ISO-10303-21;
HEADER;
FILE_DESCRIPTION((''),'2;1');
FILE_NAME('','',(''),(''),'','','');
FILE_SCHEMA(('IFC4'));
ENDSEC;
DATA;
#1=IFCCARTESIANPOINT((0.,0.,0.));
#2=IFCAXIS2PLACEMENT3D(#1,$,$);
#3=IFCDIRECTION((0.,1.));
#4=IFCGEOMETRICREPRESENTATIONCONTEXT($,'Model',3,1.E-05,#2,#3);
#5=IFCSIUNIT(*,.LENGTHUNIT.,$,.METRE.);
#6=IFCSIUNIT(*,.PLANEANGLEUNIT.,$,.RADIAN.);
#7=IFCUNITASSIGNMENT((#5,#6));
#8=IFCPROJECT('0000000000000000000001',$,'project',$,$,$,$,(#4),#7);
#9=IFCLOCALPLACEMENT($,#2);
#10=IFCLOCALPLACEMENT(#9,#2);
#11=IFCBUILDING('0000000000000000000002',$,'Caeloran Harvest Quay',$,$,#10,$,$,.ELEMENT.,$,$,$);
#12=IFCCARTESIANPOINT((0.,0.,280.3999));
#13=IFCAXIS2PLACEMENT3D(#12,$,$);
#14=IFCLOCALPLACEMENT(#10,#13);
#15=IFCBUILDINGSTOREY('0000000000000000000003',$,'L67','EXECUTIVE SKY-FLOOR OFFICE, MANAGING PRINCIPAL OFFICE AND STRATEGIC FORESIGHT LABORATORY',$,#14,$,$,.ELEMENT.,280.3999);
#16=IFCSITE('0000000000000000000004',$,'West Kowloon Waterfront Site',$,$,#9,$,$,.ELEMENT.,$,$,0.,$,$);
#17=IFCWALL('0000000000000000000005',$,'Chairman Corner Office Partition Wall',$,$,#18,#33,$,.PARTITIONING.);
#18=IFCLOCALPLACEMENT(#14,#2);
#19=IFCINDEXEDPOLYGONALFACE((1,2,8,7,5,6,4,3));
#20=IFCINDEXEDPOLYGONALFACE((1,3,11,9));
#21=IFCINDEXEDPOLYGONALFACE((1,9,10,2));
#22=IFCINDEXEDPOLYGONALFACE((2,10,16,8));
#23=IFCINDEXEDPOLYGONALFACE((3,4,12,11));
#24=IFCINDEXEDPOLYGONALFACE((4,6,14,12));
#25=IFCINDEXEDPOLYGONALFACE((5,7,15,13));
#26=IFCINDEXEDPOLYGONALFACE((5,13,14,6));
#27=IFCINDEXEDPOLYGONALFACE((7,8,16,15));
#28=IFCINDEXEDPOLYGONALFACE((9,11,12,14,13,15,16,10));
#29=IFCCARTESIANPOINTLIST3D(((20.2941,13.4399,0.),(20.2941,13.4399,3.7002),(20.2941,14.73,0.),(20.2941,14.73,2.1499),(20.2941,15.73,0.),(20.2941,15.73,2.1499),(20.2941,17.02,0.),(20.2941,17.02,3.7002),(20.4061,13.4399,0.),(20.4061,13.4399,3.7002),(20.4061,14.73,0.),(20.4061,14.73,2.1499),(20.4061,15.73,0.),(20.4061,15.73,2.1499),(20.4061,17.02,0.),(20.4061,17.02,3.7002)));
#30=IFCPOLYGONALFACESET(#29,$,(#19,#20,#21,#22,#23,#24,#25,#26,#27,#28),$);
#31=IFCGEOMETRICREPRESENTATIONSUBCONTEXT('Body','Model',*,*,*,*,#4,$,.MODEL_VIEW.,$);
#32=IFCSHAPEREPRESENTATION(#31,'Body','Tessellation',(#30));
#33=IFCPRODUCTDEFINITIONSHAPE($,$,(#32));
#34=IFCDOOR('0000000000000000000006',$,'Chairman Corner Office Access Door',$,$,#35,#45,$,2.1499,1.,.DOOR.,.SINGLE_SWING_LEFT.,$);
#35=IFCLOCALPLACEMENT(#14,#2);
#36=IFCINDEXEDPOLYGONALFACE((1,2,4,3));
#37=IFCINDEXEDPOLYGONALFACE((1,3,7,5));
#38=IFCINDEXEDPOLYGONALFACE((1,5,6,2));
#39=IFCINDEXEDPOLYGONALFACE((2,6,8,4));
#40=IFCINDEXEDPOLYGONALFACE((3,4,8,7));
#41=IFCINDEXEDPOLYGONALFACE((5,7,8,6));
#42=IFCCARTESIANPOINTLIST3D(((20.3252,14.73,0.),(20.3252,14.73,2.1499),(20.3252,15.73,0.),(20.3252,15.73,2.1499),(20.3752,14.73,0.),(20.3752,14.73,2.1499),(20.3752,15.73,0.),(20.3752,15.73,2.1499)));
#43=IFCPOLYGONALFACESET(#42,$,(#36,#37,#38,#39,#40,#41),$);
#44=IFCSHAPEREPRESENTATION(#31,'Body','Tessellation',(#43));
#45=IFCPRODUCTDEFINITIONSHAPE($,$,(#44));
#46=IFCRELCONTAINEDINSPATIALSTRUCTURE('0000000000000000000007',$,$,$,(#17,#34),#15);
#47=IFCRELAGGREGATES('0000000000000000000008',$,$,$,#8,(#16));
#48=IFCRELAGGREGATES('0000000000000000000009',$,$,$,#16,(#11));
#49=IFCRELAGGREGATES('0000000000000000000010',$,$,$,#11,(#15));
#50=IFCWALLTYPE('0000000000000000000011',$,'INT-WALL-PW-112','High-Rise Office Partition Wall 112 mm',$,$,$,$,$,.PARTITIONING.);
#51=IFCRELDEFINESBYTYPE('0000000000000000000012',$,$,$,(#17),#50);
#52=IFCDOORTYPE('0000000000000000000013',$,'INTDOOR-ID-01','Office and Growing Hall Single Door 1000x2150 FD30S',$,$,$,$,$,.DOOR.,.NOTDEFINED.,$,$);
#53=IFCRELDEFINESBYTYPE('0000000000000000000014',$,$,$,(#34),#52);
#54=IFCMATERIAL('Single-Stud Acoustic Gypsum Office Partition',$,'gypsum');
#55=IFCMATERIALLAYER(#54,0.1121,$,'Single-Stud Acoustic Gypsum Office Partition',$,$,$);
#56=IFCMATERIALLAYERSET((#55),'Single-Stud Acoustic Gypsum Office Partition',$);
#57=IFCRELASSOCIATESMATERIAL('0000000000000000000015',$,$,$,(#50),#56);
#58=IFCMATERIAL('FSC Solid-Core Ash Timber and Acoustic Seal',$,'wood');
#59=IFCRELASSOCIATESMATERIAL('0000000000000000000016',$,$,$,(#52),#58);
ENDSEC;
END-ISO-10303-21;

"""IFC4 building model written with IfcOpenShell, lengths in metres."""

from ifc_helpers import new_model, si_unit, direction, frame, frame_2d, origin, place, context, subcontext, project, spatial, rectangle, extrude, material, layer, layer_set, type_object, element, fill, save


model = new_model("IFC4")

# Units and contexts
model_context = context("Model", 3, precision=1e-05, world=origin(), true_north=direction((0.0, 1.0)))
body_context = subcontext(model_context, "Body", "Model", "MODEL_VIEW")
ifc_project = project(units=[si_unit("LENGTHUNIT", "METRE"), si_unit("PLANEANGLEUNIT", "RADIAN")], contexts=[model_context])

# Site, building, storey
site_placement = place(None, origin())
site = spatial("IfcSite", under=ifc_project, at=site_placement, Name="West Kowloon Waterfront Site", CompositionType="ELEMENT", RefElevation=0.0)
building_placement = place(site_placement, origin())
building = spatial("IfcBuilding", under=site, at=building_placement, Name="Caeloran Harvest Quay", CompositionType="ELEMENT")
storey_placement = place(building_placement, frame((0.0, 0.0, 280.3999)))
storey = spatial("IfcBuildingStorey", under=building, at=storey_placement, Name="L67", Description="EXECUTIVE SKY-FLOOR OFFICE, MANAGING PRINCIPAL OFFICE AND STRATEGIC FORESIGHT LABORATORY", CompositionType="ELEMENT", Elevation=280.3999)

# Shared definitions
ifc_material_1 = material(Name="Single-Stud Acoustic Gypsum Office Partition", Category="gypsum")
ifc_layer_1 = layer(ifc_material_1, 0.1121, Name="Single-Stud Acoustic Gypsum Office Partition")
ifc_layer_set_1 = layer_set([ifc_layer_1], Name="Single-Stud Acoustic Gypsum Office Partition")
wall_type_1 = type_object("IfcWallType", Name="INT-WALL-PW-112", Description="High-Rise Office Partition Wall 112 mm", PredefinedType="PARTITIONING", material=ifc_layer_set_1)

# Shared definitions
ifc_material_2 = material(Name="FSC Solid-Core Ash Timber and Acoustic Seal", Category="wood")
door_type = type_object("IfcDoorType", Name="INTDOOR-ID-01", Description="Office and Growing Hall Single Door 1000x2150 FD30S", OperationType="NOTDEFINED", PredefinedType="DOOR", material=ifc_material_2)

# Wall, opening, door
wall_1_placement = place(storey_placement, frame((20.3501, 13.4399, 0.0), z_axis=(0.0, 0.0, 1.0), x_axis=(0.0, 1.0, 0.0)))
wall_1 = element("IfcWall", 1, at=wall_1_placement, inside=storey, type_object=wall_type_1, Name="Chairman Corner Office Partition Wall", PredefinedType="PARTITIONING", context=body_context, shape_type="SweptSolid", body=[
    extrude(rectangle(XDim=3.5801, YDim=0.1121, at=frame_2d((1.79, 0.0))), origin(), (0.0, 0.0, 1.0), 3.7002),
])
opening_1_placement = place(wall_1_placement, frame((1.29, 0.0, 0.0)))
opening_1 = element("IfcOpeningElement", 2, at=opening_1_placement, cuts=wall_1, PredefinedType="OPENING", context=body_context, shape_type="SweptSolid", body=[
    extrude(rectangle(XDim=1.0, YDim=2.1499, at=frame_2d((0.5, 1.075))), frame((0.0, 0.0659, 0.0), z_axis=(0.0, -1.0, 0.0), x_axis=(1.0, 0.0, 0.0)), (0.0, 0.0, 1.0), 0.1321),
])
door_1_placement = place(opening_1_placement, origin())
door_1 = element("IfcDoor", 3, at=door_1_placement, inside=storey, type_object=door_type, Name="Chairman Corner Office Access Door", OperationType="SINGLE_SWING_LEFT", OverallHeight=2.1499, OverallWidth=1.0, PredefinedType="DOOR", context=body_context, shape_type="SweptSolid", body=[
    extrude(rectangle(XDim=1.0, YDim=2.1499, at=frame_2d((0.5, 1.075))), frame((0.0, 0.0249, 0.0), z_axis=(0.0, -1.0, 0.0), x_axis=(1.0, 0.0, 0.0)), (0.0, 0.0, 1.0), 0.05),
])
fill(opening_1, door_1)

save(model, "model.ifc")
